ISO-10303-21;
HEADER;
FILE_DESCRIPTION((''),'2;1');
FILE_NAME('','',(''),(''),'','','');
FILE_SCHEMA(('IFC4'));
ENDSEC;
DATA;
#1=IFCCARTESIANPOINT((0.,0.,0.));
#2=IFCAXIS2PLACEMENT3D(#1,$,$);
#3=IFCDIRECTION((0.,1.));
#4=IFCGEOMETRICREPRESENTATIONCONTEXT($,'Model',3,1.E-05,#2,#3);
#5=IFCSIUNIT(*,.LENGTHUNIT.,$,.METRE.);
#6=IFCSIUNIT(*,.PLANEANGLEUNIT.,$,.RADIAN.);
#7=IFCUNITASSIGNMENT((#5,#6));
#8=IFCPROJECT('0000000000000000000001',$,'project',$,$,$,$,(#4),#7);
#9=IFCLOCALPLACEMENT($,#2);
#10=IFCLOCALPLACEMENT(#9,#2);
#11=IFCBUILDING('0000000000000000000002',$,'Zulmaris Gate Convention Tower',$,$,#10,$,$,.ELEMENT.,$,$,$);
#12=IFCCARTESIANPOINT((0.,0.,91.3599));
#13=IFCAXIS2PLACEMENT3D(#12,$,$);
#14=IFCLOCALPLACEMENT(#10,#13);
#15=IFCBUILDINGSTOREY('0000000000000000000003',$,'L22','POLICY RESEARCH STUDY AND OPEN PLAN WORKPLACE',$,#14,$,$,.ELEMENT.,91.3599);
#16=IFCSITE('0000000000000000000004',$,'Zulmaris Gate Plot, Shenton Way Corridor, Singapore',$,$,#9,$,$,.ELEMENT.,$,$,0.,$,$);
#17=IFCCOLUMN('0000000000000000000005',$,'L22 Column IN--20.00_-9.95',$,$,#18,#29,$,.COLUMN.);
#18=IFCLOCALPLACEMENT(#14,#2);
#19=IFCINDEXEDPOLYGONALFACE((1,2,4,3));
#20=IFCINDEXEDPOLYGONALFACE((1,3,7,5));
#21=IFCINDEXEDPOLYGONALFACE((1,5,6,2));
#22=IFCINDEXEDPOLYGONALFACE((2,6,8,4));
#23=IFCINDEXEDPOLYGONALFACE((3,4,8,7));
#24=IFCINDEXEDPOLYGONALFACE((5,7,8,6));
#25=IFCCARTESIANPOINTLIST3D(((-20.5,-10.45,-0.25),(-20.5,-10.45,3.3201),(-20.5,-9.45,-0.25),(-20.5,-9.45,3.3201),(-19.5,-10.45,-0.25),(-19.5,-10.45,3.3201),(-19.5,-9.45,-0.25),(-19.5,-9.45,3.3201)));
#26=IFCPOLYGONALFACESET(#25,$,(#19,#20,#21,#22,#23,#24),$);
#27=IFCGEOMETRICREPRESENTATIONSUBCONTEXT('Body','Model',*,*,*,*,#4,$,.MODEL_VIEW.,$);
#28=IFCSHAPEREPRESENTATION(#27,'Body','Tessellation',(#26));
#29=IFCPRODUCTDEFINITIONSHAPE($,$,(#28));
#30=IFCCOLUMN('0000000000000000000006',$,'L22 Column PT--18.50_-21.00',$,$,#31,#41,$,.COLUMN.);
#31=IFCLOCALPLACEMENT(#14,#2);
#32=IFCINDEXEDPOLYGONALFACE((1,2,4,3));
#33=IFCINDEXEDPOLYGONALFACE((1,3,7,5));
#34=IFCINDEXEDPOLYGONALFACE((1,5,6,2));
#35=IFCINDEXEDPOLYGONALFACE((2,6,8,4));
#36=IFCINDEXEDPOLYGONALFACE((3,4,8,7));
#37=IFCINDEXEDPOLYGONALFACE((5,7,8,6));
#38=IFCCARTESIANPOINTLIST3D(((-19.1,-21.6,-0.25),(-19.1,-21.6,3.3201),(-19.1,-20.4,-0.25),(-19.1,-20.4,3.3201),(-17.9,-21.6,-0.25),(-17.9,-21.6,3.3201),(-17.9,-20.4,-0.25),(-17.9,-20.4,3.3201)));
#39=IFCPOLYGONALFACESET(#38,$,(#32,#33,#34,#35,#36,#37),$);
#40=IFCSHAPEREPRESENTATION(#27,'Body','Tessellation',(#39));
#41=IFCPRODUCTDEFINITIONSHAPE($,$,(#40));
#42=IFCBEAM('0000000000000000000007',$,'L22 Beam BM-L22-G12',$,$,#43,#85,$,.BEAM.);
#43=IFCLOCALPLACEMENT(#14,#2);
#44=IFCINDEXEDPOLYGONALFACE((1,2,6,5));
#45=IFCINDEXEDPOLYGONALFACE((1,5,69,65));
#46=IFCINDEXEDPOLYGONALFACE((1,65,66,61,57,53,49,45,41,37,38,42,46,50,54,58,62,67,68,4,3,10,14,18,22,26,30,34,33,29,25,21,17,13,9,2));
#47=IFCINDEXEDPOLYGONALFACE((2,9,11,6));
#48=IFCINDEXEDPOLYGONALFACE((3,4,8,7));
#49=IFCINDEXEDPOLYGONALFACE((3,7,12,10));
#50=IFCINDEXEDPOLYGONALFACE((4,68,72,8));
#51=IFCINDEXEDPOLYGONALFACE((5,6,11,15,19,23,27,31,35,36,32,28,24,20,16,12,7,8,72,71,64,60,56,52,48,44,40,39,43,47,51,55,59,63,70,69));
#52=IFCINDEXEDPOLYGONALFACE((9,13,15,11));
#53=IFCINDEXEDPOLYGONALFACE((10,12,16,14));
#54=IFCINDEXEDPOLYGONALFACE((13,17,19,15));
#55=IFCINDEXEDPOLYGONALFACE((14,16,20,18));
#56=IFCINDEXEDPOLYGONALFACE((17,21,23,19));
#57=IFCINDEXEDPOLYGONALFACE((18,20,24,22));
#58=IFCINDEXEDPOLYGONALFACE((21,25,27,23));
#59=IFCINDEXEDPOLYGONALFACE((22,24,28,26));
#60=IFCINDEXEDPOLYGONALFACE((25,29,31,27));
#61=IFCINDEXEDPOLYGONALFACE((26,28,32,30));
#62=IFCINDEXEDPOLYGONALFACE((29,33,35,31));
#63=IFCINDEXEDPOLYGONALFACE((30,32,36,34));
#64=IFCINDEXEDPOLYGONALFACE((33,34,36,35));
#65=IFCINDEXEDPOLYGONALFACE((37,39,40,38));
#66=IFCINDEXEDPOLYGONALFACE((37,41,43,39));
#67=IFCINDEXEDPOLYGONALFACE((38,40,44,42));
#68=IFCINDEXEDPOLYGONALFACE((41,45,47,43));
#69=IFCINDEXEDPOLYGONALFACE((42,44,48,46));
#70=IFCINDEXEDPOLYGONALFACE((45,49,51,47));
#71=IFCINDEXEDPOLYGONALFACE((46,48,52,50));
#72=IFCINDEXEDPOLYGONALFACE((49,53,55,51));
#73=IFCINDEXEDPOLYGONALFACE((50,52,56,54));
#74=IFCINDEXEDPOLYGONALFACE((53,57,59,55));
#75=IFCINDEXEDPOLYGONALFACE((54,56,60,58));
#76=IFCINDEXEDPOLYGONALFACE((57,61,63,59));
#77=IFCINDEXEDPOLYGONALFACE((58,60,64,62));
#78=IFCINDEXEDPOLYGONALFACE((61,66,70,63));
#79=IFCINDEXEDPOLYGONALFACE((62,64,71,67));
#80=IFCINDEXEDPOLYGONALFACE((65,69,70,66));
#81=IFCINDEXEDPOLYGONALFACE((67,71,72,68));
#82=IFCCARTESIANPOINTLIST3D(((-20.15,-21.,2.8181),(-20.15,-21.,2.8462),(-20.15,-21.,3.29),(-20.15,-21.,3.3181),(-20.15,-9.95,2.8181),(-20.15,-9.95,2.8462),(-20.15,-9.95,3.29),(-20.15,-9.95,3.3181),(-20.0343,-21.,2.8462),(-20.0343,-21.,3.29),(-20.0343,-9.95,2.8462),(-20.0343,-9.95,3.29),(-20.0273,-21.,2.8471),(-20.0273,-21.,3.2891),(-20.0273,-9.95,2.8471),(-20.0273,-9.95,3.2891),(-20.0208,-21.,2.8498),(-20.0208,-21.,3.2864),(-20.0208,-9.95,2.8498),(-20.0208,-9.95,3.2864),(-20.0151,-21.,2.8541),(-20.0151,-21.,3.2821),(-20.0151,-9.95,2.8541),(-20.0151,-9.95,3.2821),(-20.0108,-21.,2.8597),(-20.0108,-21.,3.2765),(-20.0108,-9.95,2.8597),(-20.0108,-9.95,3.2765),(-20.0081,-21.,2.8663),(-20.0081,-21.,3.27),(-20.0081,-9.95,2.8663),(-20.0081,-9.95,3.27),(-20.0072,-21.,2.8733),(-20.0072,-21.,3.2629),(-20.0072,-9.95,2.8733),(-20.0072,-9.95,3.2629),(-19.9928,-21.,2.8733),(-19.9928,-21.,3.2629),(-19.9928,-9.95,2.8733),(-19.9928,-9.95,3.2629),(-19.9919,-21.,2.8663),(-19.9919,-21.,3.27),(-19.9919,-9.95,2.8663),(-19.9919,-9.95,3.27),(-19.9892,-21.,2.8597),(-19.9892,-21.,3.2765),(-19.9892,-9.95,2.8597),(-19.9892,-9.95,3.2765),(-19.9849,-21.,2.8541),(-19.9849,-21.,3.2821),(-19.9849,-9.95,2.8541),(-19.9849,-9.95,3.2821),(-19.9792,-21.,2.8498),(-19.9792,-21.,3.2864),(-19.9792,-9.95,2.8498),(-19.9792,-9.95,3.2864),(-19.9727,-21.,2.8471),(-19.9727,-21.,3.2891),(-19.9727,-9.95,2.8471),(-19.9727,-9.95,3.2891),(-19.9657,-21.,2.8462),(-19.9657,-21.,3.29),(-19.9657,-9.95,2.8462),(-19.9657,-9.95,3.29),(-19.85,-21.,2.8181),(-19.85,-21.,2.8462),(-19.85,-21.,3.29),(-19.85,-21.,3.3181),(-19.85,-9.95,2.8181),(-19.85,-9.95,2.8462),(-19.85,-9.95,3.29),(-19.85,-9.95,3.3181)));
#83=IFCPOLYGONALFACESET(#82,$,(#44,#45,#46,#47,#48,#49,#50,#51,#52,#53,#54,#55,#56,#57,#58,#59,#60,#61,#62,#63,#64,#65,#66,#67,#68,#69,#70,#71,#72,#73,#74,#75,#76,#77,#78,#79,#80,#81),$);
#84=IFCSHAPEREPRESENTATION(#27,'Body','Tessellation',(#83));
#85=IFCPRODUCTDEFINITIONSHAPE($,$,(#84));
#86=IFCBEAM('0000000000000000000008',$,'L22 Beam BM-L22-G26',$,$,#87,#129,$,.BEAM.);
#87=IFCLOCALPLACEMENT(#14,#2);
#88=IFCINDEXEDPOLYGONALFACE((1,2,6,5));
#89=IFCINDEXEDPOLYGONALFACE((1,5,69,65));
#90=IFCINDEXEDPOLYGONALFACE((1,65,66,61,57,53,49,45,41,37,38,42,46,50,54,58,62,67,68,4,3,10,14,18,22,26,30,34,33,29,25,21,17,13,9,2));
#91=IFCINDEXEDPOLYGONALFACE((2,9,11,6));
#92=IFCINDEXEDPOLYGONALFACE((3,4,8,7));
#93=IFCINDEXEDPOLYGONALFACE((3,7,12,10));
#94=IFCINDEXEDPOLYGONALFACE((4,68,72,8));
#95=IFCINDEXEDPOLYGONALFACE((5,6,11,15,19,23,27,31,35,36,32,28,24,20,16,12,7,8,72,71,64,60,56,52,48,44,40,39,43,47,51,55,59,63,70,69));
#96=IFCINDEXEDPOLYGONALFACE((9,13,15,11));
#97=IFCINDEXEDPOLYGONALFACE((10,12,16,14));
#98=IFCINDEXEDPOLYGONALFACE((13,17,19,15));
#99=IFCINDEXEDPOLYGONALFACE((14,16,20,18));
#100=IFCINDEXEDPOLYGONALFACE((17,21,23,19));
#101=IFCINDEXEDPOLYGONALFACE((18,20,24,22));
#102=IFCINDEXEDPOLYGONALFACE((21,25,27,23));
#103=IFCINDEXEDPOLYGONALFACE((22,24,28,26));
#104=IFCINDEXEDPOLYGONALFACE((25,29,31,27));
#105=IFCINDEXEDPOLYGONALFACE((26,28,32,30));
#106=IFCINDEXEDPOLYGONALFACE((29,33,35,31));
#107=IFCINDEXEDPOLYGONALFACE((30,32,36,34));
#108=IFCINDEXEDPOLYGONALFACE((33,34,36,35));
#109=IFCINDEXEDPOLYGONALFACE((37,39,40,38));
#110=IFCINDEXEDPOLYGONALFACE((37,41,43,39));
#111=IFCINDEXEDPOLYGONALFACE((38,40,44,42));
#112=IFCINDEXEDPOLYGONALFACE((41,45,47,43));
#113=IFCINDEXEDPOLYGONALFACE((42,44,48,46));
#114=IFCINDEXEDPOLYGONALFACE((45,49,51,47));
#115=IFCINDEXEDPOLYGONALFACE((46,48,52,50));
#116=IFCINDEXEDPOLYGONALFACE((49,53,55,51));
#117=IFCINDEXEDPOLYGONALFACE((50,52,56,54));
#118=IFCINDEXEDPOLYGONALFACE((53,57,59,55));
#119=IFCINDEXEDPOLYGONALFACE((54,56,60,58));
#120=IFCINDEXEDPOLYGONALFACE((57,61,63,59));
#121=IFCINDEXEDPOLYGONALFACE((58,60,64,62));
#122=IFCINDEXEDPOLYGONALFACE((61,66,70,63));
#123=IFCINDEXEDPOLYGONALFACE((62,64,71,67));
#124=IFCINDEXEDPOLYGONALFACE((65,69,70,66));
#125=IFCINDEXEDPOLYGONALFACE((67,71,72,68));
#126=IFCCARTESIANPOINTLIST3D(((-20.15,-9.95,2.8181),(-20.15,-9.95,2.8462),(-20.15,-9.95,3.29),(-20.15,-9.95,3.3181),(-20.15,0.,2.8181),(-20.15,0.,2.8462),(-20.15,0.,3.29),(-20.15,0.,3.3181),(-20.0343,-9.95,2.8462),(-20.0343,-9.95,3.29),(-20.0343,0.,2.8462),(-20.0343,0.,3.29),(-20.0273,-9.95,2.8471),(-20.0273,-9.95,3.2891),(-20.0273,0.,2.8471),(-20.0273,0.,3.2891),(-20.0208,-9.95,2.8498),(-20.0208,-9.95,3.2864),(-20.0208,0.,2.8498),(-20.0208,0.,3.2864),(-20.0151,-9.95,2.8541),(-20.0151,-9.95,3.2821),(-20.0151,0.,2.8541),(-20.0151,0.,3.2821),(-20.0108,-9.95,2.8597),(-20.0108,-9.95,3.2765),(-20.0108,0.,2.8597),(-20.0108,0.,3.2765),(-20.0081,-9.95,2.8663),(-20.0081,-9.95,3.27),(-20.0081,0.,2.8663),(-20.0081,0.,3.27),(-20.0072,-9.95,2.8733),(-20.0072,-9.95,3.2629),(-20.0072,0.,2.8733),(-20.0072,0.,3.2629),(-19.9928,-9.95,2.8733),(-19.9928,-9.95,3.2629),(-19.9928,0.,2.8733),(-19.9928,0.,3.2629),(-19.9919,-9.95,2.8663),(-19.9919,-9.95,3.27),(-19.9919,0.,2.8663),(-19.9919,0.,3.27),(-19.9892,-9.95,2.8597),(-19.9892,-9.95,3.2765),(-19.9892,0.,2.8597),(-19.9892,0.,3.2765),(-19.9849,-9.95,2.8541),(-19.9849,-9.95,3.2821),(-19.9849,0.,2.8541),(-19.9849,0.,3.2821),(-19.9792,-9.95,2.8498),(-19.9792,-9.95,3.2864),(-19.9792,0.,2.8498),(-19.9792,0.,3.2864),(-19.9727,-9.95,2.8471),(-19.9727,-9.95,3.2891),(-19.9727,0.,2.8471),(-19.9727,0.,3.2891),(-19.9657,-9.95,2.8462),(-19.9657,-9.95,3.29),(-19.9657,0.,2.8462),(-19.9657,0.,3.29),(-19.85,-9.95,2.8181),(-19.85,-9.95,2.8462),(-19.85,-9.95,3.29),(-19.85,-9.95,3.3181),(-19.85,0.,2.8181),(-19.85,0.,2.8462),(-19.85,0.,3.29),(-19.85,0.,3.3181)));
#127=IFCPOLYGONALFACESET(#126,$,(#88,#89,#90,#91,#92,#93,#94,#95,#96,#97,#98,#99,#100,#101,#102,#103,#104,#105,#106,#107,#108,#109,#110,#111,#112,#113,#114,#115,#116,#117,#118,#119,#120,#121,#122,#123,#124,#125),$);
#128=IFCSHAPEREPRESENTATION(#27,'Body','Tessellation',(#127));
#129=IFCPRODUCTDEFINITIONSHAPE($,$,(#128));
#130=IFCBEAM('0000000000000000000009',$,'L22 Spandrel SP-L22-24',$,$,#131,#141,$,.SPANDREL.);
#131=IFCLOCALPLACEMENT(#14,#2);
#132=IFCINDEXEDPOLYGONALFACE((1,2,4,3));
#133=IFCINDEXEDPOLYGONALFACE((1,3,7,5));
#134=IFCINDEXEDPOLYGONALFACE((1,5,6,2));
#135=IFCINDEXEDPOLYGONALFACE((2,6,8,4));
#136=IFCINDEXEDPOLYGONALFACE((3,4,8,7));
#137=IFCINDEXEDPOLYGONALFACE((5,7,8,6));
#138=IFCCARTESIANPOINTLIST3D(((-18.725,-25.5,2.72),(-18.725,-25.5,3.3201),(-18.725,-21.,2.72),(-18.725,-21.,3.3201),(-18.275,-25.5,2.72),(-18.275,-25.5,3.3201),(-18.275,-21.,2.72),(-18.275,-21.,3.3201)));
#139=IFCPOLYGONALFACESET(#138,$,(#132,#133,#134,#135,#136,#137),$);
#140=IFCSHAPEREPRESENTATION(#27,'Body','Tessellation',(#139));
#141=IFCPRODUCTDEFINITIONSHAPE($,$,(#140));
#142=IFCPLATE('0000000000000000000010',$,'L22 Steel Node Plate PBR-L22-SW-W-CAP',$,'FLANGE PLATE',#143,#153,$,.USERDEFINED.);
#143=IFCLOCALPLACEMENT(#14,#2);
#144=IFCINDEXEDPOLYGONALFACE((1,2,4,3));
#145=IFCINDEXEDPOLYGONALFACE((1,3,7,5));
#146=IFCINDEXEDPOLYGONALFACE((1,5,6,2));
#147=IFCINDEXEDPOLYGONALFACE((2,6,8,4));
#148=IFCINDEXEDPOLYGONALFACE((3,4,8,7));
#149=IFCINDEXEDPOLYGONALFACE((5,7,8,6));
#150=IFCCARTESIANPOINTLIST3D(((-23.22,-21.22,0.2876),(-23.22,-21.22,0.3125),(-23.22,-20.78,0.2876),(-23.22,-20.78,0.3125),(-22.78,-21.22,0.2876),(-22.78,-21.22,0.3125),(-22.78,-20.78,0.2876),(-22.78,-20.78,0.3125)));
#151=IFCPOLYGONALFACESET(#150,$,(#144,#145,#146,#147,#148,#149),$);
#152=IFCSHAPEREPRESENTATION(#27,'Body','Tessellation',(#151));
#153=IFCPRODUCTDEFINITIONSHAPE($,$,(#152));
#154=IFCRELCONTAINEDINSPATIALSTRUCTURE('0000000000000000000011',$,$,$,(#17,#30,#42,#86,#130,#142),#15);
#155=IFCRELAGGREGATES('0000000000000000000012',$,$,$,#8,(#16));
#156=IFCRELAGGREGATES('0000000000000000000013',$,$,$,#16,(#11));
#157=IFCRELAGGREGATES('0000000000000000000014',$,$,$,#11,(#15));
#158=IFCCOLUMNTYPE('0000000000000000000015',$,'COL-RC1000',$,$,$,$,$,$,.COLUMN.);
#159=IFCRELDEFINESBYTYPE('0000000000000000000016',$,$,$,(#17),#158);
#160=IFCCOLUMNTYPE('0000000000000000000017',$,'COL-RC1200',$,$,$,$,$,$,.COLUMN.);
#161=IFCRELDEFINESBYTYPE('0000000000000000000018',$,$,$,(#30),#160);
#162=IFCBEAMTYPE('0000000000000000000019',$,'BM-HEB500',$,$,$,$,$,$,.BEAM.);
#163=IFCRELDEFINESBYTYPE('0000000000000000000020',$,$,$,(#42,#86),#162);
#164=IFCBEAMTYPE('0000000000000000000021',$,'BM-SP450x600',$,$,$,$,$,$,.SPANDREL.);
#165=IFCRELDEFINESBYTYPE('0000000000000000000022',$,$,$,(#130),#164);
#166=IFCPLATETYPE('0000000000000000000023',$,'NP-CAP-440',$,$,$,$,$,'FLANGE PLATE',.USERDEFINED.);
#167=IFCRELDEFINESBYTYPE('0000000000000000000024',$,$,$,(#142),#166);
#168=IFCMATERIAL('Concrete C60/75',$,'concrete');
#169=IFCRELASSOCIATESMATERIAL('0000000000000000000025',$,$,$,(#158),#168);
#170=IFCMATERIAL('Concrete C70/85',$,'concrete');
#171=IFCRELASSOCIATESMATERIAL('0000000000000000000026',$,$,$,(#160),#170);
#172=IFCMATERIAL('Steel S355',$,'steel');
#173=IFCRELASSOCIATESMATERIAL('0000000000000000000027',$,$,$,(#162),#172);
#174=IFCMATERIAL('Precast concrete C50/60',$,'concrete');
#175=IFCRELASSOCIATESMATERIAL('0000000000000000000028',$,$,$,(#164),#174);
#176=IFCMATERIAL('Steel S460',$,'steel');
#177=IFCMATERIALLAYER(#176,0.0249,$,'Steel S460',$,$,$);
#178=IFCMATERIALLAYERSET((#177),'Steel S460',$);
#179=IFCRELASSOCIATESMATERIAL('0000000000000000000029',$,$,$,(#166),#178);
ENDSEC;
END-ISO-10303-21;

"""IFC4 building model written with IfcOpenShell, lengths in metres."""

from ifc_helpers import new_model, si_unit, direction, frame, origin, origin_2d, place, context, subcontext, project, spatial, rectangle, i_section, extrude, material, layer, layer_set, material_profile, profile_set, type_object, element, save


model = new_model("IFC4")

# Units and contexts
model_context = context("Model", 3, precision=1e-05, world=origin(), true_north=direction((0.0, 1.0)))
body_context = subcontext(model_context, "Body", "Model", "MODEL_VIEW")
ifc_project = project(units=[si_unit("LENGTHUNIT", "METRE"), si_unit("PLANEANGLEUNIT", "RADIAN")], contexts=[model_context])

# Site, building, storey
site_placement = place(None, origin())
site = spatial("IfcSite", under=ifc_project, at=site_placement, Name="Zulmaris Gate Plot, Shenton Way Corridor, Singapore", CompositionType="ELEMENT", RefElevation=0.0)
building_placement = place(site_placement, origin())
building = spatial("IfcBuilding", under=site, at=building_placement, Name="Zulmaris Gate Convention Tower", CompositionType="ELEMENT")
storey_placement = place(building_placement, frame((0.0, 0.0, 91.3599)))
storey = spatial("IfcBuildingStorey", under=building, at=storey_placement, Name="L22", Description="POLICY RESEARCH STUDY AND OPEN PLAN WORKPLACE", CompositionType="ELEMENT", Elevation=91.3599)

# Columns
ifc_material_1 = material(Name="Concrete C60/75", Category="concrete")
ifc_material_profile_1 = material_profile(ifc_material_1, rectangle(XDim=1.0, YDim=1.0, at=origin_2d()), Name="RC COL 1000x1000")
ifc_profile_set_1 = profile_set([ifc_material_profile_1], Name="Concrete C60/75")
column_type_1 = type_object("IfcColumnType", Name="COL-RC1000", PredefinedType="COLUMN", material=ifc_profile_set_1)
column_1_placement = place(storey_placement, frame((-20.0, -9.95, -0.25), z_axis=(0.0, 0.0, 1.0), x_axis=(1.0, 0.0, 0.0)))
element("IfcColumn", 1, at=column_1_placement, inside=storey, type_object=column_type_1, Name="L22 Column IN--20.00_-9.95", PredefinedType="COLUMN", context=body_context, shape_type="SweptSolid", body=[
    extrude(rectangle(XDim=1.0, YDim=1.0, at=origin_2d()), origin(), (0.0, 0.0, 1.0), 3.5701),
])
ifc_material_2 = material(Name="Concrete C70/85", Category="concrete")
ifc_material_profile_2 = material_profile(ifc_material_2, rectangle(XDim=1.2, YDim=1.2, at=origin_2d()), Name="RC COL 1200x1200")
ifc_profile_set_2 = profile_set([ifc_material_profile_2], Name="Concrete C70/85")
column_type_2 = type_object("IfcColumnType", Name="COL-RC1200", PredefinedType="COLUMN", material=ifc_profile_set_2)
column_2_placement = place(storey_placement, frame((-18.5, -21.0, -0.25), z_axis=(0.0, 0.0, 1.0), x_axis=(1.0, 0.0, 0.0)))
element("IfcColumn", 2, at=column_2_placement, inside=storey, type_object=column_type_2, Name="L22 Column PT--18.50_-21.00", PredefinedType="COLUMN", context=body_context, shape_type="SweptSolid", body=[
    extrude(rectangle(XDim=1.2, YDim=1.2, at=origin_2d()), origin(), (0.0, 0.0, 1.0), 3.5701),
])

# Beams
ifc_material_3 = material(Name="Steel S355", Category="steel")
ifc_material_profile_3 = material_profile(ifc_material_3, i_section(OverallWidth=0.3, OverallDepth=0.5, WebThickness=0.0144, FlangeThickness=0.0281, FilletRadius=0.0271, at=origin_2d()), Name="HEB 500")
ifc_profile_set_3 = profile_set([ifc_material_profile_3], Name="Steel S355")
beam_type_1 = type_object("IfcBeamType", Name="BM-HEB500", PredefinedType="BEAM", material=ifc_profile_set_3)
beam_1_placement = place(storey_placement, frame((-20.0, -21.0, 3.0681), z_axis=(0.0, 1.0, 0.0), x_axis=(-1.0, 0.0, 0.0)))
element("IfcBeam", 3, at=beam_1_placement, inside=storey, type_object=beam_type_1, Name="L22 Beam BM-L22-G12", PredefinedType="BEAM", context=body_context, shape_type="SweptSolid", body=[
    extrude(i_section(OverallWidth=0.3, OverallDepth=0.5, WebThickness=0.0144, FlangeThickness=0.0281, FilletRadius=0.0271, at=origin_2d()), origin(), (0.0, 0.0, 1.0), 11.05),
])
beam_2_placement = place(storey_placement, frame((-20.0, -9.95, 3.0681), z_axis=(0.0, 1.0, 0.0), x_axis=(-1.0, 0.0, 0.0)))
element("IfcBeam", 4, at=beam_2_placement, inside=storey, type_object=beam_type_1, Name="L22 Beam BM-L22-G26", PredefinedType="BEAM", context=body_context, shape_type="SweptSolid", body=[
    extrude(i_section(OverallWidth=0.3, OverallDepth=0.5, WebThickness=0.0144, FlangeThickness=0.0281, FilletRadius=0.0271, at=origin_2d()), origin(), (0.0, 0.0, 1.0), 9.95),
])
ifc_material_4 = material(Name="Precast concrete C50/60", Category="concrete")
ifc_material_profile_4 = material_profile(ifc_material_4, rectangle(XDim=0.45, YDim=0.6001, at=origin_2d()), Name="RC SPANDREL 450x600")
ifc_profile_set_4 = profile_set([ifc_material_profile_4], Name="Precast concrete C50/60")
beam_type_2 = type_object("IfcBeamType", Name="BM-SP450x600", PredefinedType="SPANDREL", material=ifc_profile_set_4)
beam_3_placement = place(storey_placement, frame((-18.5, -21.0, 3.02), z_axis=(0.0, -1.0, 0.0), x_axis=(1.0, 0.0, 0.0)))
element("IfcBeam", 5, at=beam_3_placement, inside=storey, type_object=beam_type_2, Name="L22 Spandrel SP-L22-24", PredefinedType="SPANDREL", context=body_context, shape_type="SweptSolid", body=[
    extrude(rectangle(XDim=0.45, YDim=0.6001, at=origin_2d()), origin(), (0.0, 0.0, 1.0), 4.5),
])

# Plate
ifc_material_5 = material(Name="Steel S460", Category="steel")
ifc_layer_1 = layer(ifc_material_5, 0.0249, Name="Steel S460")
ifc_layer_set_1 = layer_set([ifc_layer_1], Name="Steel S460")
plate_type = type_object("IfcPlateType", Name="NP-CAP-440", ElementType="FLANGE PLATE", PredefinedType="USERDEFINED", material=ifc_layer_set_1)
plate_placement = place(storey_placement, frame((-23.0, -21.0, 0.2876), z_axis=(0.0, 0.0, 1.0), x_axis=(1.0, 0.0, 0.0)))
element("IfcPlate", 6, at=plate_placement, inside=storey, type_object=plate_type, Name="L22 Steel Node Plate PBR-L22-SW-W-CAP", ObjectType="FLANGE PLATE", PredefinedType="USERDEFINED", context=body_context, shape_type="SweptSolid", body=[
    extrude(rectangle(XDim=0.4399, YDim=0.4399, at=origin_2d()), origin(), (0.0, 0.0, 1.0), 0.0249),
])

save(model, "model.ifc")
